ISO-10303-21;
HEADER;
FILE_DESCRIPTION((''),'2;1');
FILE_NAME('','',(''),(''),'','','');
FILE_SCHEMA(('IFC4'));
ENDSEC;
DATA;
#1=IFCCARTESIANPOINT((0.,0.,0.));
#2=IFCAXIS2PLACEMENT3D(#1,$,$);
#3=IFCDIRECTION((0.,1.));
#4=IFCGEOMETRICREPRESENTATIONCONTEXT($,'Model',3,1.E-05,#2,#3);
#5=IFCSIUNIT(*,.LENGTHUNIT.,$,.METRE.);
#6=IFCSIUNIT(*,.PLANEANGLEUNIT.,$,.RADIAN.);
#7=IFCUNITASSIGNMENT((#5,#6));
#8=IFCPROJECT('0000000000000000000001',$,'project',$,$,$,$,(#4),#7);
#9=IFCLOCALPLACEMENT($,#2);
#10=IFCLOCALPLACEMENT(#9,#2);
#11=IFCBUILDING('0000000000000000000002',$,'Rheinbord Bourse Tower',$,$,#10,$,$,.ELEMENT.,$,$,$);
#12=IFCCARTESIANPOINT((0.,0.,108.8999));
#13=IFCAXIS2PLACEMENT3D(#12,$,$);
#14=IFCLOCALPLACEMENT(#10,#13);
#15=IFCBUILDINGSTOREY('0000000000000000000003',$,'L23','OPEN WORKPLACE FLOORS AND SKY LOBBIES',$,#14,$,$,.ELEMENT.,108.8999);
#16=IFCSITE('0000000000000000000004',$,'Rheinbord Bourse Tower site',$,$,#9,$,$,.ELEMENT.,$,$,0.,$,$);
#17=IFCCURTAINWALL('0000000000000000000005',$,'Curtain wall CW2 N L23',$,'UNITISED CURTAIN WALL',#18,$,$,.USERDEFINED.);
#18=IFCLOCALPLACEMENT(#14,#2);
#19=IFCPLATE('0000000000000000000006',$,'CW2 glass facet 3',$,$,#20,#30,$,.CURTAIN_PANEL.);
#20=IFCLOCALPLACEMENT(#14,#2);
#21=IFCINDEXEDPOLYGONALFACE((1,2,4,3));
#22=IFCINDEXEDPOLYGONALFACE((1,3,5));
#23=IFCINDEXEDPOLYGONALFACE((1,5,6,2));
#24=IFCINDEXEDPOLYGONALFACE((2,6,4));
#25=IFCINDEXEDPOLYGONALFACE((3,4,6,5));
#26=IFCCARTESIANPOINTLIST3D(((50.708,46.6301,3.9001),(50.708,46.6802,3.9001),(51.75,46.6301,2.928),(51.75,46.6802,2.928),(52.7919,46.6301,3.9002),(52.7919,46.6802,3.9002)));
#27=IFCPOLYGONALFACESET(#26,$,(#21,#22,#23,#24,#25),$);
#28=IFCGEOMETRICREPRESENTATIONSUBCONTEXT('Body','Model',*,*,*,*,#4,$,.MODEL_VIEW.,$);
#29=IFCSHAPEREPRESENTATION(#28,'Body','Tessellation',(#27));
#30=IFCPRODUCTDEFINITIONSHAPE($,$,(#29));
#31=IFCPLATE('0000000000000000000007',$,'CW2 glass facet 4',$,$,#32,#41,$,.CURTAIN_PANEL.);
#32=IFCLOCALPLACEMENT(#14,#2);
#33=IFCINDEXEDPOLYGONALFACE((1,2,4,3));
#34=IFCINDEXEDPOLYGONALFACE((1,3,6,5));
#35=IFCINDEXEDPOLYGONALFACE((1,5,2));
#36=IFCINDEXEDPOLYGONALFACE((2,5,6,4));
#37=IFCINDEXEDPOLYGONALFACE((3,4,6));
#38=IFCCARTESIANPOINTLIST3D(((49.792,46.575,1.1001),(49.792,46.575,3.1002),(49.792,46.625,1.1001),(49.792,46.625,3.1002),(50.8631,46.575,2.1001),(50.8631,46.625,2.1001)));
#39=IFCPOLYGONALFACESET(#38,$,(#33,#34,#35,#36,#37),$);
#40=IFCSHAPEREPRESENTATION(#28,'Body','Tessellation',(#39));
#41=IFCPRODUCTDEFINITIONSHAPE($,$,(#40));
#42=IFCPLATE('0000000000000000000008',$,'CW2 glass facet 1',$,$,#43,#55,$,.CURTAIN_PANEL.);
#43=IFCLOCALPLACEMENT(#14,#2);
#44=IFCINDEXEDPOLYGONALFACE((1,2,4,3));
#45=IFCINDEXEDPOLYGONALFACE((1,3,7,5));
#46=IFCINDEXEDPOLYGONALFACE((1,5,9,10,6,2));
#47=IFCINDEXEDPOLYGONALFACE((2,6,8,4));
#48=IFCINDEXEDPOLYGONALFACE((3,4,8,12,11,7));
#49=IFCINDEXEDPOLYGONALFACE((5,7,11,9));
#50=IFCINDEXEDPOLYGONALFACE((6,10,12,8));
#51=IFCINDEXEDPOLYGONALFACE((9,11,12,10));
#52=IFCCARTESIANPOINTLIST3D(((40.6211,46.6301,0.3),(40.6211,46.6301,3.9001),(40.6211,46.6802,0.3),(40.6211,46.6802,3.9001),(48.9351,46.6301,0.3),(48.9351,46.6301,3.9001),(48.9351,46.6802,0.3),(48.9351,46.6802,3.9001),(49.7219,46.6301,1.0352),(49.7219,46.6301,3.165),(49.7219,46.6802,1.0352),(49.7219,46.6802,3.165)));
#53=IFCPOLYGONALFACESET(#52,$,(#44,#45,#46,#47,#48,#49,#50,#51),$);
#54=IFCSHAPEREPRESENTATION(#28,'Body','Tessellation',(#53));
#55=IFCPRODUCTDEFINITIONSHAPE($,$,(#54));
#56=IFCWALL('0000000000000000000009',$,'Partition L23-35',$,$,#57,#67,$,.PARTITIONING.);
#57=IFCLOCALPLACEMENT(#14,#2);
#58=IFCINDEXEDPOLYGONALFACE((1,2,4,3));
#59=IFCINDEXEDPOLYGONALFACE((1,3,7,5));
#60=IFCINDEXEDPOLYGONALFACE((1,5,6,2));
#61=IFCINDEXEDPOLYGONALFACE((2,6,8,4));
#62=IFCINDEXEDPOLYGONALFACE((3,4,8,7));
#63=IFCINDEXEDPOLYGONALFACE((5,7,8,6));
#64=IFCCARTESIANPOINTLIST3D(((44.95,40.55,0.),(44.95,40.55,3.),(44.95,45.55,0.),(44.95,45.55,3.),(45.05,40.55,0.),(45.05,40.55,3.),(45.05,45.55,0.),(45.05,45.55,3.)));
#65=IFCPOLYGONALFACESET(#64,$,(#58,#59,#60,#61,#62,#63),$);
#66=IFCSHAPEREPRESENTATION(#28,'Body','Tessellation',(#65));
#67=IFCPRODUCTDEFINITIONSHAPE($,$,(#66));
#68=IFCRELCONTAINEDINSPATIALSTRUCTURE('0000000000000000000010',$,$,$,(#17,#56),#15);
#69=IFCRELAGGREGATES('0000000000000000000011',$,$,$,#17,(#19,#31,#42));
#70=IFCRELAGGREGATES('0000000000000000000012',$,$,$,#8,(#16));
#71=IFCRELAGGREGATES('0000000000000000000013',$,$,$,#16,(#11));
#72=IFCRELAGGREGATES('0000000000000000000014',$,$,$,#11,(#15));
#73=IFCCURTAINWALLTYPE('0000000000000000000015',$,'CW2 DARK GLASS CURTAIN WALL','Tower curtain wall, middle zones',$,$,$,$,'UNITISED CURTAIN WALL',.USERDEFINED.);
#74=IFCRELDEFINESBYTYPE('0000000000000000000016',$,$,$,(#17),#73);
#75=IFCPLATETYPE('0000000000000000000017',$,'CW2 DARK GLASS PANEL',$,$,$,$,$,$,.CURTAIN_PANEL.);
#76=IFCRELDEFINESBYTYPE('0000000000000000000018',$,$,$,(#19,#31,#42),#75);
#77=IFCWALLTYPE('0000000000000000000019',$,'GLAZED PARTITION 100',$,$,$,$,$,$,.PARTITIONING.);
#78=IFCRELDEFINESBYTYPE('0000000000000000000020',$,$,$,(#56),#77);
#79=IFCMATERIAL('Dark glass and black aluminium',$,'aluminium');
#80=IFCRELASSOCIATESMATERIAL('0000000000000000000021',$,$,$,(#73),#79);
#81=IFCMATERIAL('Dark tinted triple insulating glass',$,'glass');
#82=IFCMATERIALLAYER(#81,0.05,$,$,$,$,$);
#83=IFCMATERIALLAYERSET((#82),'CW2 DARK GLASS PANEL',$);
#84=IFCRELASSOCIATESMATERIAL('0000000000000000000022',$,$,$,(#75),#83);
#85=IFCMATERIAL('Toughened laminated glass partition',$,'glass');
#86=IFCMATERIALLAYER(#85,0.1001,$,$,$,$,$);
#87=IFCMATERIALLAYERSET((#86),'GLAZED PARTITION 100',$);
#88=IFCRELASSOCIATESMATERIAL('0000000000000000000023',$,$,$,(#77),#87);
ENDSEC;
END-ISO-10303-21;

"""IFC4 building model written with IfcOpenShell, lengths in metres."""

from ifc_helpers import new_model, si_unit, direction, frame, frame_2d, origin, place, context, subcontext, project, spatial, polyline, rectangle, outline, extrude, material, layer, layer_set, type_object, element, aggregate, save


model = new_model("IFC4")

# Units and contexts
model_context = context("Model", 3, precision=1e-05, world=origin(), true_north=direction((0.0, 1.0)))
body_context = subcontext(model_context, "Body", "Model", "MODEL_VIEW")
ifc_project = project(units=[si_unit("LENGTHUNIT", "METRE"), si_unit("PLANEANGLEUNIT", "RADIAN")], contexts=[model_context])

# Site, building, storey
site_placement = place(None, origin())
site = spatial("IfcSite", under=ifc_project, at=site_placement, Name="Rheinbord Bourse Tower site", CompositionType="ELEMENT", RefElevation=0.0)
building_placement = place(site_placement, origin())
building = spatial("IfcBuilding", under=site, at=building_placement, Name="Rheinbord Bourse Tower", CompositionType="ELEMENT")
storey_placement = place(building_placement, frame((0.0, 0.0, 108.8999)))
storey = spatial("IfcBuildingStorey", under=building, at=storey_placement, Name="L23", Description="OPEN WORKPLACE FLOORS AND SKY LOBBIES", CompositionType="ELEMENT", Elevation=108.8999)

# Curtain wall
ifc_material_1 = material(Name="Dark glass and black aluminium", Category="aluminium")
curtain_wall_type = type_object("IfcCurtainWallType", Name="CW2 DARK GLASS CURTAIN WALL", Description="Tower curtain wall, middle zones", ElementType="UNITISED CURTAIN WALL", PredefinedType="USERDEFINED", material=ifc_material_1)
curtain_wall_placement = place(storey_placement, origin())
curtain_wall = element("IfcCurtainWall", 1, at=curtain_wall_placement, inside=storey, type_object=curtain_wall_type, Name="Curtain wall CW2 N L23", ObjectType="UNITISED CURTAIN WALL", PredefinedType="USERDEFINED")

# Plates
ifc_material_2 = material(Name="Dark tinted triple insulating glass", Category="glass")
ifc_layer_1 = layer(ifc_material_2, 0.05)
ifc_layer_set_1 = layer_set([ifc_layer_1], Name="CW2 DARK GLASS PANEL")
plate_type = type_object("IfcPlateType", Name="CW2 DARK GLASS PANEL", PredefinedType="CURTAIN_PANEL", material=ifc_layer_set_1)
plate_1_placement = place(storey_placement, frame((50.708, 46.6802, 3.9001), z_axis=(0.0, -1.0, 0.0), x_axis=(0.731181, 0.0, -0.682184)))
plate_1 = element("IfcPlate", 2, at=plate_1_placement, type_object=plate_type, Name="CW2 glass facet 3", PredefinedType="CURTAIN_PANEL", context=body_context, shape_type="SweptSolid", body=[
    extrude(outline(polyline([(0.0, 0.0), (1.425, 0.0), (1.5237, 1.4216), (0.0, 0.0)])), origin(), (0.0, 0.0, 1.0), 0.05),
])
plate_2_placement = place(storey_placement, frame((49.792, 46.625, 1.1001), z_axis=(0.0, -1.0, 0.0), x_axis=(0.730933, 0.0, 0.682449)))
plate_2 = element("IfcPlate", 3, at=plate_2_placement, type_object=plate_type, Name="CW2 glass facet 4", PredefinedType="CURTAIN_PANEL", context=body_context, shape_type="SweptSolid", body=[
    extrude(outline(polyline([(0.0, 0.0), (1.4653, 0.0), (1.365, 1.4619), (0.0, 0.0)])), origin(), (0.0, 0.0, 1.0), 0.05),
])
plate_3_placement = place(storey_placement, frame((40.6211, 46.6802, 3.9001), z_axis=(0.0, -1.0, 0.0), x_axis=(0.0, 0.0, -1.0)))
plate_3 = element("IfcPlate", 4, at=plate_3_placement, type_object=plate_type, Name="CW2 glass facet 1", PredefinedType="CURTAIN_PANEL", context=body_context, shape_type="SweptSolid", body=[
    extrude(outline(polyline([(0.0, 0.0), (3.6001, 0.0), (3.6001, 8.314), (2.865, 9.1008), (0.7351, 9.1008), (0.0, 8.314), (0.0, 0.0)])), origin(), (0.0, 0.0, 1.0), 0.05),
])
aggregate(curtain_wall, [plate_1, plate_2, plate_3])

# Wall
ifc_material_3 = material(Name="Toughened laminated glass partition", Category="glass")
ifc_layer_2 = layer(ifc_material_3, 0.1001)
ifc_layer_set_2 = layer_set([ifc_layer_2], Name="GLAZED PARTITION 100")
wall_type = type_object("IfcWallType", Name="GLAZED PARTITION 100", PredefinedType="PARTITIONING", material=ifc_layer_set_2)
wall_placement = place(storey_placement, frame((45.0, 40.55, 0.0), z_axis=(0.0, 0.0, 1.0), x_axis=(0.0, 1.0, 0.0)))
element("IfcWall", 5, at=wall_placement, inside=storey, type_object=wall_type, Name="Partition L23-35", PredefinedType="PARTITIONING", context=body_context, shape_type="SweptSolid", body=[
    extrude(rectangle(XDim=5.0, YDim=0.1001, at=frame_2d((2.5, 0.0))), origin(), (0.0, 0.0, 1.0), 3.0),
])

save(model, "model.ifc")
